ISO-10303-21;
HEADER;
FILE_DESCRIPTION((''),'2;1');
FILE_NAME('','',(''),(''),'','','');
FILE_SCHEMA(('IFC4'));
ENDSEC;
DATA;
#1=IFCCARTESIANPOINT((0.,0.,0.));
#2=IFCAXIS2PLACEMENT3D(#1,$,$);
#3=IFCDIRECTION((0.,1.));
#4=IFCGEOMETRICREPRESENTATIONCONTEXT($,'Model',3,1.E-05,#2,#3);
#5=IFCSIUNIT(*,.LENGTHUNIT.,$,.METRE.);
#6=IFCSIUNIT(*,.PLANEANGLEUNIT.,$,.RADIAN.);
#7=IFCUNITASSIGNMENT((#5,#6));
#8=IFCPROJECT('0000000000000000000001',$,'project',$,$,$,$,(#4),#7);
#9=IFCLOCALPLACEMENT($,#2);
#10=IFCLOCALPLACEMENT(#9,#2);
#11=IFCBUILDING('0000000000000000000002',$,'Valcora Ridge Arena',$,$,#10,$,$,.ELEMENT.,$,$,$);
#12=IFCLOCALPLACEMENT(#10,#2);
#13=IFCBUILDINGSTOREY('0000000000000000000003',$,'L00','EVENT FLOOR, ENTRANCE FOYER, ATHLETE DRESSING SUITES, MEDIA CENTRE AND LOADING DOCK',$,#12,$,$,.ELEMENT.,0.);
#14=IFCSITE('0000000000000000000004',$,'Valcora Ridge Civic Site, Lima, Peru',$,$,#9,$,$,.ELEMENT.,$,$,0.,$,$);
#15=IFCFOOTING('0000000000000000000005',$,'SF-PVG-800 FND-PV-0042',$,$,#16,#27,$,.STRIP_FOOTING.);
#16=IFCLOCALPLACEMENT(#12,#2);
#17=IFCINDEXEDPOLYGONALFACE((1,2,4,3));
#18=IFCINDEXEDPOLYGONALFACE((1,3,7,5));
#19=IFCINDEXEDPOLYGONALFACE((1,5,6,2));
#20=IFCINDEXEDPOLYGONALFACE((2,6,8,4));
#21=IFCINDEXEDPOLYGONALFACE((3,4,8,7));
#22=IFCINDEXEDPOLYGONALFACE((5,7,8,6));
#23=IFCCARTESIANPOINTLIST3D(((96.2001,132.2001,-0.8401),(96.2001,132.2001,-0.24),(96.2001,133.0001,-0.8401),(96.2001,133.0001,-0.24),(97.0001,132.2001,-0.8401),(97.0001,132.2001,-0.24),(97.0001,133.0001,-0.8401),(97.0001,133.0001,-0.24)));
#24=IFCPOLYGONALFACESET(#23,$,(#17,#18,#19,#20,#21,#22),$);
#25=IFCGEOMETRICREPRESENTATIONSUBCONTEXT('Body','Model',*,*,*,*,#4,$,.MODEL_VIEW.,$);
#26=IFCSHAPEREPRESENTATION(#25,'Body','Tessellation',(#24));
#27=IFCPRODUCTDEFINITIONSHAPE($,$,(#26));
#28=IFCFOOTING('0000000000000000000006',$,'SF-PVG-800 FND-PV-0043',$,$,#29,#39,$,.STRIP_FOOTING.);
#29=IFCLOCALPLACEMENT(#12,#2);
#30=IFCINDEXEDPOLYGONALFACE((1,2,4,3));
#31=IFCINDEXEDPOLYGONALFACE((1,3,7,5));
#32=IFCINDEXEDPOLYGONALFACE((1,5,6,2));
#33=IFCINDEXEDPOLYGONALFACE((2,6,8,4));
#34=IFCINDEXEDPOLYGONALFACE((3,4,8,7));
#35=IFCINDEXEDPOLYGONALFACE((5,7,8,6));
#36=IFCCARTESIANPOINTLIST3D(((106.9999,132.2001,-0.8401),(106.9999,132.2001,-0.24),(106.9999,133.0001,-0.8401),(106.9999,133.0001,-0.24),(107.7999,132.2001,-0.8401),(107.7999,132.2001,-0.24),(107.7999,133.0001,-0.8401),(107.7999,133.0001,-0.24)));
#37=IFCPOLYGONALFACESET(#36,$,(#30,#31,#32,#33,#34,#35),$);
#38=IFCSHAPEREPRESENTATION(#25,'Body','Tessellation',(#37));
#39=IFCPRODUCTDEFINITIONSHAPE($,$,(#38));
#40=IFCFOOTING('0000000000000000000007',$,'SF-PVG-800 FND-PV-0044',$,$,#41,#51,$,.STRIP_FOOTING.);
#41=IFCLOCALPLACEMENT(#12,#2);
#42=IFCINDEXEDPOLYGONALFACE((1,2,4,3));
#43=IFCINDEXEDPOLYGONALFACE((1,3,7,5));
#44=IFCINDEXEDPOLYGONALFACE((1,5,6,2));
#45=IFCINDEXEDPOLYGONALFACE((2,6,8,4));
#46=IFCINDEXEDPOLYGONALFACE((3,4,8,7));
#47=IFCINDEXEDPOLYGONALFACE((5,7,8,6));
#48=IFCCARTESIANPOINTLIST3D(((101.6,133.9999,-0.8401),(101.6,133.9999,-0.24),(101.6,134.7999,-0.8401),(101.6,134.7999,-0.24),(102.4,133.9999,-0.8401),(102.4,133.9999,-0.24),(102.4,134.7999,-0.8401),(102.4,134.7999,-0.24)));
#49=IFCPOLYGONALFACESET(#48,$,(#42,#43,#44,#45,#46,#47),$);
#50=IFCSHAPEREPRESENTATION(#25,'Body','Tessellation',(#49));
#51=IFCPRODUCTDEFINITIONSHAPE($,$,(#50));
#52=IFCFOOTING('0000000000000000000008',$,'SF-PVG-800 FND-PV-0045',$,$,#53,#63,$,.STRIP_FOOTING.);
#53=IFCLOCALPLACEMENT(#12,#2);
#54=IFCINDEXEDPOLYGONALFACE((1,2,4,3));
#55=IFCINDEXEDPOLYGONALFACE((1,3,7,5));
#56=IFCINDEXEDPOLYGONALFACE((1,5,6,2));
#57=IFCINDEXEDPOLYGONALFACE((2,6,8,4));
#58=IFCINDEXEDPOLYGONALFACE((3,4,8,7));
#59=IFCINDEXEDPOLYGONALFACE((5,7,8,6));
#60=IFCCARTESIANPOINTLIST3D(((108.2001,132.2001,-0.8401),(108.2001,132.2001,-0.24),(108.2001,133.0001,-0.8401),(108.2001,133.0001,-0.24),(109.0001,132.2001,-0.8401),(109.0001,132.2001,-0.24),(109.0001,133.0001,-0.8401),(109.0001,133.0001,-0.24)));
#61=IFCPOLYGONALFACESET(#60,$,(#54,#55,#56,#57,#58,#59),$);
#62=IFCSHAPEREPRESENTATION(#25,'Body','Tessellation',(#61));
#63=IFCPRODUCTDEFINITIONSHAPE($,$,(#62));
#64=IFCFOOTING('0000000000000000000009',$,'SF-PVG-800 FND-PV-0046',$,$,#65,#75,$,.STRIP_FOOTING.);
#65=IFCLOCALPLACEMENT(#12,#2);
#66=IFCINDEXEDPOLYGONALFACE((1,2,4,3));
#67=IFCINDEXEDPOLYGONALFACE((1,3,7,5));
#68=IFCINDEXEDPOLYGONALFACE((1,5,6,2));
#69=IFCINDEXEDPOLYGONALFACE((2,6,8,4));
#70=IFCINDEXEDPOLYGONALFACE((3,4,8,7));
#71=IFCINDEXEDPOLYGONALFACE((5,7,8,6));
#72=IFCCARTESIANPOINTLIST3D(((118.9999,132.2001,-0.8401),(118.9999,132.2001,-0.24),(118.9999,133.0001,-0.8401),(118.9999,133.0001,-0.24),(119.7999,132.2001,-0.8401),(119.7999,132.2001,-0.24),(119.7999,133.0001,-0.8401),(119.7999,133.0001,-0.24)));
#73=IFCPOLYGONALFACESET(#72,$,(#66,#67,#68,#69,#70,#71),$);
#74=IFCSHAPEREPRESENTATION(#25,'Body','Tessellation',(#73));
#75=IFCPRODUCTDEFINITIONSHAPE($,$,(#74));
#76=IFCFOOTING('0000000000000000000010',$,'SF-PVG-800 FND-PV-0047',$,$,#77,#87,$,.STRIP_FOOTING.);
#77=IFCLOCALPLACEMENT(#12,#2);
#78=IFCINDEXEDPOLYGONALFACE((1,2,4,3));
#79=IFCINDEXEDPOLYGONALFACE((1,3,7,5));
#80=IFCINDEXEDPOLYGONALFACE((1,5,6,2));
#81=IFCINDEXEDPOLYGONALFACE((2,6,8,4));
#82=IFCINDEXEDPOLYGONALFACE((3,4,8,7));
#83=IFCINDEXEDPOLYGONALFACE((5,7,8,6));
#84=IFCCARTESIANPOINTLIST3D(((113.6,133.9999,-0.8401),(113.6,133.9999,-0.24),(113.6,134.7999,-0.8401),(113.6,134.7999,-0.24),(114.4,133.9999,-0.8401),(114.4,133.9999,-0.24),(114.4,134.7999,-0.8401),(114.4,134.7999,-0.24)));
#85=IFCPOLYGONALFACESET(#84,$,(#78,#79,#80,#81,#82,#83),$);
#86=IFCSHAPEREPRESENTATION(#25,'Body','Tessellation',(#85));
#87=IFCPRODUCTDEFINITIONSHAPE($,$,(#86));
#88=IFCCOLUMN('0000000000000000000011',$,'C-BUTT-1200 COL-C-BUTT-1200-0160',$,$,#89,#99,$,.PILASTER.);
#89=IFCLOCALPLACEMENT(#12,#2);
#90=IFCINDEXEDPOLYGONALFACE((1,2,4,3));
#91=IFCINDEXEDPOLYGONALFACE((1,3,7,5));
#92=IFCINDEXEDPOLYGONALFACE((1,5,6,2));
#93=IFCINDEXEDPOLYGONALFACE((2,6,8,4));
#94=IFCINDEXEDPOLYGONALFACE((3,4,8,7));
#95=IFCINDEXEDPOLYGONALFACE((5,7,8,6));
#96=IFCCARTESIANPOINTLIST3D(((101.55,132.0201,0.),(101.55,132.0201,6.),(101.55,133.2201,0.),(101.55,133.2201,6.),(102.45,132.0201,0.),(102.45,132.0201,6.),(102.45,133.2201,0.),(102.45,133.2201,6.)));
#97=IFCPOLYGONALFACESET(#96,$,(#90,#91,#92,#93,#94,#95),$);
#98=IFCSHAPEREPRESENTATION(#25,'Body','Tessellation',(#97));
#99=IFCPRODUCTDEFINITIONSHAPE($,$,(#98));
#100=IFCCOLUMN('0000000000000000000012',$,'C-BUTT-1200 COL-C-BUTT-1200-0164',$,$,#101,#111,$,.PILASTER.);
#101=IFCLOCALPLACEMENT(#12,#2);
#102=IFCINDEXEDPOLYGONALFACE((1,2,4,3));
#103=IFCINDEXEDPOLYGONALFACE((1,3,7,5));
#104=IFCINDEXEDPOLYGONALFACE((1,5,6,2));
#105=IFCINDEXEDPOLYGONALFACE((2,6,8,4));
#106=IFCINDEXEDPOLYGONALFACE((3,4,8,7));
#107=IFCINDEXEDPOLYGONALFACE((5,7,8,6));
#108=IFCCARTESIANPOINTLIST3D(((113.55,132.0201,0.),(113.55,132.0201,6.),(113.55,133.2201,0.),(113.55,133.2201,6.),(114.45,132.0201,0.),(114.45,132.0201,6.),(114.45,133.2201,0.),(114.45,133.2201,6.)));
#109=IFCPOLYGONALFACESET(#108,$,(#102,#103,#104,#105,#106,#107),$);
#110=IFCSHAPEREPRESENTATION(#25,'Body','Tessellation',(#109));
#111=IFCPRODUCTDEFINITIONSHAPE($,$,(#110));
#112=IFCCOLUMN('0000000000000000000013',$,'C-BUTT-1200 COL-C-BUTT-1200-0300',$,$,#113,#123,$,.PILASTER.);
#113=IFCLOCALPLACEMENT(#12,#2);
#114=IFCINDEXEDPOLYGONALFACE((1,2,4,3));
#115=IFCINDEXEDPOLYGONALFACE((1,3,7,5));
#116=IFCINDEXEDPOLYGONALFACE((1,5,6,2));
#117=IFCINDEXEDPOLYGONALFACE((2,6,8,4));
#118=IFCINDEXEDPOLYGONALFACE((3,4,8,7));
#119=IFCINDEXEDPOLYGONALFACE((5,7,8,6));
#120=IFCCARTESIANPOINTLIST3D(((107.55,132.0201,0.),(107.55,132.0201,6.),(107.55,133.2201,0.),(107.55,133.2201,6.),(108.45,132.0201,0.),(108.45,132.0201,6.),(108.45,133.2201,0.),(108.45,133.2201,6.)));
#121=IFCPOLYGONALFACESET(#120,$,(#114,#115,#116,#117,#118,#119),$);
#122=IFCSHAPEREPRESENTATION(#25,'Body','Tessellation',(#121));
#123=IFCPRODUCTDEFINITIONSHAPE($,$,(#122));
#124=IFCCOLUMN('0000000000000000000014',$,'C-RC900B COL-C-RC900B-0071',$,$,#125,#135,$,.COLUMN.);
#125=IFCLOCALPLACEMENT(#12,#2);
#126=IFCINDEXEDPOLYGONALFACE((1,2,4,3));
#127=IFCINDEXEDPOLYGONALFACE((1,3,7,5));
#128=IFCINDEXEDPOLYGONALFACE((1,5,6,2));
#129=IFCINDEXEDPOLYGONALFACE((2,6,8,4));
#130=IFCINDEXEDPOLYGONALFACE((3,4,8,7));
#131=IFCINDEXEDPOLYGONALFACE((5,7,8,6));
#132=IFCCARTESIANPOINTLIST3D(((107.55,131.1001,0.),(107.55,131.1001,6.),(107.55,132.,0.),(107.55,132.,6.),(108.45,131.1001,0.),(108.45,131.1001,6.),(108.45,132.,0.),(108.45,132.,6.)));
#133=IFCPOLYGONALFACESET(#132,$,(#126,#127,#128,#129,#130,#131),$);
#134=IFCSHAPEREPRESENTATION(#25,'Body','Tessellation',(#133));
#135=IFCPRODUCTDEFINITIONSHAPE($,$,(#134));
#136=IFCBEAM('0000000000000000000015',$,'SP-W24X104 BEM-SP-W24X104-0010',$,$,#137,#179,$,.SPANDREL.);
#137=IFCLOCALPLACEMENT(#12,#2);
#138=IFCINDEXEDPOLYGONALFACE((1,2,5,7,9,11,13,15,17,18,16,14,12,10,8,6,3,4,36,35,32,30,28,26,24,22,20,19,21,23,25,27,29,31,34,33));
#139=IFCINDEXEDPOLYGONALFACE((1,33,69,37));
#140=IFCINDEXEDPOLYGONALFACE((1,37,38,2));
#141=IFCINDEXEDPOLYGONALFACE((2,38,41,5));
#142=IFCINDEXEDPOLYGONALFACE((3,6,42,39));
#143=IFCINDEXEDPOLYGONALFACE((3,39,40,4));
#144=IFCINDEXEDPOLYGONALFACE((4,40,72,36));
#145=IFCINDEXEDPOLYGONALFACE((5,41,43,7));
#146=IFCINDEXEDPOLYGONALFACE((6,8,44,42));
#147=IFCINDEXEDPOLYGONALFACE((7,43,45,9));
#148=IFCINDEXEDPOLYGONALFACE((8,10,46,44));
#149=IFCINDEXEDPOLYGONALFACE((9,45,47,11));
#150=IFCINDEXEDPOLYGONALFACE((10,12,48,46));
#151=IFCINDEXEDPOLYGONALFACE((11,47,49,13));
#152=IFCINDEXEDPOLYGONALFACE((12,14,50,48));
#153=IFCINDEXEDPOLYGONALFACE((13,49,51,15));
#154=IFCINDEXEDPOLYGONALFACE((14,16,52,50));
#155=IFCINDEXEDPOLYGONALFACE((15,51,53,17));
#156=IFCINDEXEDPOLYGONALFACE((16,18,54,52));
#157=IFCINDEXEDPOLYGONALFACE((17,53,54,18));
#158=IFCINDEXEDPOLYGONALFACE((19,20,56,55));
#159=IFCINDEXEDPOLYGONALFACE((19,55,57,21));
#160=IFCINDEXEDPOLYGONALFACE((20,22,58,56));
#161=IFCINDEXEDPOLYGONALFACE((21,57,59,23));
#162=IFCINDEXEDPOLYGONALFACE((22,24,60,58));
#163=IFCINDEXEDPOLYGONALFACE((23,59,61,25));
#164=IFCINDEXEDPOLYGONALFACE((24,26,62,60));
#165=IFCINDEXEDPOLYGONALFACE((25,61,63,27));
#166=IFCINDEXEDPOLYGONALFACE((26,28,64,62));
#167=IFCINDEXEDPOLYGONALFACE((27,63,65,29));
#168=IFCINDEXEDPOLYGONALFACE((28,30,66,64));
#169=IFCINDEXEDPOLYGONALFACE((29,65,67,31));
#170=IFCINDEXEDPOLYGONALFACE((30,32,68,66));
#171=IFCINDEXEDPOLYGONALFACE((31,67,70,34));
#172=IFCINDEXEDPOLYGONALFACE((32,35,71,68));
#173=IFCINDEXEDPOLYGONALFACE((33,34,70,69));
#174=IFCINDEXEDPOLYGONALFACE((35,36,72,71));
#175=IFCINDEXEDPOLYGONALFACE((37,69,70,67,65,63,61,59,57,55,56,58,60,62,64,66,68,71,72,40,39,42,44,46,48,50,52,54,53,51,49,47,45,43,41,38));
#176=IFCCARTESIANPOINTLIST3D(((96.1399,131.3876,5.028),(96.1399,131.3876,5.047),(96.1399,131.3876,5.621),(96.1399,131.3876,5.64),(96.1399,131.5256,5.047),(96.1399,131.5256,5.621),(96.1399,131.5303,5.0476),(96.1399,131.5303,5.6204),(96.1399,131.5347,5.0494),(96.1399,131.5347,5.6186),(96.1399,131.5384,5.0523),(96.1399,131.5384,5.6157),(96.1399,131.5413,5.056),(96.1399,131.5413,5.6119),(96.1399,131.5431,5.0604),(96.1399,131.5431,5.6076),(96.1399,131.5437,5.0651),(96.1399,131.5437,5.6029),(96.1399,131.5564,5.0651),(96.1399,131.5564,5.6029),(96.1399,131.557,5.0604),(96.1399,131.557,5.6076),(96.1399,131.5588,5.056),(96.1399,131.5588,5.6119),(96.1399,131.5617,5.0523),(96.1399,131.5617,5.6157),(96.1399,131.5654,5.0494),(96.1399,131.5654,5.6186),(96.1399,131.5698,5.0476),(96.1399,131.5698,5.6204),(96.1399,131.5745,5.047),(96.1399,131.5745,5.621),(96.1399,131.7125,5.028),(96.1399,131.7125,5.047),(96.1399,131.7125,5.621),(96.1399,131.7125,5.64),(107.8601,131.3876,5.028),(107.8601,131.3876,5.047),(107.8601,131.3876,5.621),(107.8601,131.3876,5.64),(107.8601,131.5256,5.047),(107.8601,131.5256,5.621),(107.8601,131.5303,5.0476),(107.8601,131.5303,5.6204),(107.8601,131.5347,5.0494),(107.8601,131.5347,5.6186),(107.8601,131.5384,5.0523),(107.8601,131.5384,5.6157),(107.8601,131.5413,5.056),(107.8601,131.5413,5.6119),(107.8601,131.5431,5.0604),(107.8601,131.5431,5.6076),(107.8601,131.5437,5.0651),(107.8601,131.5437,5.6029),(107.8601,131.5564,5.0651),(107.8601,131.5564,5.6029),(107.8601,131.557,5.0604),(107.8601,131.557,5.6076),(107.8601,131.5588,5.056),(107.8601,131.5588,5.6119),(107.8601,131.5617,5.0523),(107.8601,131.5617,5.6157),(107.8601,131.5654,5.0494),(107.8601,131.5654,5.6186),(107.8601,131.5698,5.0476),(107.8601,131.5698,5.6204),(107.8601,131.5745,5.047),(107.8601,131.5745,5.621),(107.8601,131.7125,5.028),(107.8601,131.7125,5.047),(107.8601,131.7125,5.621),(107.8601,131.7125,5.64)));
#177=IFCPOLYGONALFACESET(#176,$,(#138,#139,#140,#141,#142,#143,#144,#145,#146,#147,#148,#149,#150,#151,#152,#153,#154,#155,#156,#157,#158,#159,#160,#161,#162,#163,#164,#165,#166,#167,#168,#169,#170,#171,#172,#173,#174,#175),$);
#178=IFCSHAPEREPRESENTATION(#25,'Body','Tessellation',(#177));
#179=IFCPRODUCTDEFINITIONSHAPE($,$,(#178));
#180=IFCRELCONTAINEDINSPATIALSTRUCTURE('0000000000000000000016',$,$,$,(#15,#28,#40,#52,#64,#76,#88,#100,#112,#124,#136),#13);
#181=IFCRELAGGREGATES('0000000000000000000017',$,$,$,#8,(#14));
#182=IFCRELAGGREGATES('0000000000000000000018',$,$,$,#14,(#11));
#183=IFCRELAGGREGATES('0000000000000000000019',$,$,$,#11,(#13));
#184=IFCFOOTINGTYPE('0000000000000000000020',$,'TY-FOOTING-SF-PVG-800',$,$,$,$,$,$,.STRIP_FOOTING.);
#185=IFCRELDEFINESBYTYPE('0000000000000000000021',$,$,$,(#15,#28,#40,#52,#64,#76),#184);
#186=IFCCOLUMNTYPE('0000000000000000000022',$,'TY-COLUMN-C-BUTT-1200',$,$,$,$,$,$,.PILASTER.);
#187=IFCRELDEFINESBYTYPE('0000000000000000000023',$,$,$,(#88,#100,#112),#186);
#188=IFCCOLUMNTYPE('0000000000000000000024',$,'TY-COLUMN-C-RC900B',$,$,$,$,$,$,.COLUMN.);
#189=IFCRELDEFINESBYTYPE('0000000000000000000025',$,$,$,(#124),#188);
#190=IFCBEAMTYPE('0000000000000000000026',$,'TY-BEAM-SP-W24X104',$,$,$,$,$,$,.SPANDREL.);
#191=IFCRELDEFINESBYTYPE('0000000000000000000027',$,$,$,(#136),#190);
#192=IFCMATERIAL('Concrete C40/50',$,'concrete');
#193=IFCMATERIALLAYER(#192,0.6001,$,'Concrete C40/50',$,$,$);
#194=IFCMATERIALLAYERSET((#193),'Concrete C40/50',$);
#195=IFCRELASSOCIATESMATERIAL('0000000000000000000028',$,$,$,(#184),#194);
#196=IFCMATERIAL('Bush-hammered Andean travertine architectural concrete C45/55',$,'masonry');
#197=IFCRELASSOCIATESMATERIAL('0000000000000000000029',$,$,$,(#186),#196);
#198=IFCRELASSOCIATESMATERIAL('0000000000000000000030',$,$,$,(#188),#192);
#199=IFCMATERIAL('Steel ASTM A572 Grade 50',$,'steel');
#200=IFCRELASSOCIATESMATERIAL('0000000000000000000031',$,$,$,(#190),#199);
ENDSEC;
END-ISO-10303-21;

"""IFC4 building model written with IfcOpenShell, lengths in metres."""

from ifc_helpers import new_model, si_unit, direction, frame, origin, origin_2d, place, context, subcontext, project, spatial, rectangle, i_section, extrude, material, layer, layer_set, material_profile, profile_set, type_object, element, save


model = new_model("IFC4")

# Units and contexts
model_context = context("Model", 3, precision=1e-05, world=origin(), true_north=direction((0.0, 1.0)))
body_context = subcontext(model_context, "Body", "Model", "MODEL_VIEW")
ifc_project = project(units=[si_unit("LENGTHUNIT", "METRE"), si_unit("PLANEANGLEUNIT", "RADIAN")], contexts=[model_context])

# Site, building, storey
site_placement = place(None, origin())
site = spatial("IfcSite", under=ifc_project, at=site_placement, Name="Valcora Ridge Civic Site, Lima, Peru", CompositionType="ELEMENT", RefElevation=0.0)
building_placement = place(site_placement, origin())
building = spatial("IfcBuilding", under=site, at=building_placement, Name="Valcora Ridge Arena", CompositionType="ELEMENT")
storey_placement = place(building_placement, origin())
storey = spatial("IfcBuildingStorey", under=building, at=storey_placement, Name="L00", Description="EVENT FLOOR, ENTRANCE FOYER, ATHLETE DRESSING SUITES, MEDIA CENTRE AND LOADING DOCK", CompositionType="ELEMENT", Elevation=0.0)

# Footings
ifc_material_1 = material(Name="Concrete C40/50", Category="concrete")
ifc_layer_1 = layer(ifc_material_1, 0.6001, Name="Concrete C40/50")
ifc_layer_set_1 = layer_set([ifc_layer_1], Name="Concrete C40/50")
footing_type = type_object("IfcFootingType", Name="TY-FOOTING-SF-PVG-800", PredefinedType="STRIP_FOOTING", material=ifc_layer_set_1)
for number, where, z_axis, x_axis, name in (
    (1, (96.6001, 132.6001, -0.8401), (0.0, 0.0, 1.0), (1.0, 0.0, 0.0), "SF-PVG-800 FND-PV-0042"),
    (2, (107.3999, 132.6001, -0.8401), (0.0, 0.0, 1.0), (1.0, 0.0, 0.0), "SF-PVG-800 FND-PV-0043"),
    (3, (102.0, 134.3999, -0.8401), (0.0, 0.0, 1.0), (1.0, 0.0, 0.0), "SF-PVG-800 FND-PV-0044"),
    (4, (108.6001, 132.6001, -0.8401), (0.0, 0.0, 1.0), (1.0, 0.0, 0.0), "SF-PVG-800 FND-PV-0045"),
    (5, (119.3999, 132.6001, -0.8401), (0.0, 0.0, 1.0), (1.0, 0.0, 0.0), "SF-PVG-800 FND-PV-0046"),
    (6, (114.0, 134.3999, -0.8401), (0.0, 0.0, 1.0), (1.0, 0.0, 0.0), "SF-PVG-800 FND-PV-0047"),
):
    element("IfcFooting", number, at=place(storey_placement, frame(where, z_axis=z_axis, x_axis=x_axis)), inside=storey, type_object=footing_type, Name=name, PredefinedType="STRIP_FOOTING", context=body_context, shape_type="SweptSolid", body=[
        extrude(rectangle(XDim=0.8, YDim=0.8, at=origin_2d()), origin(), (0.0, 0.0, 1.0), 0.6001),
    ])

# Columns
ifc_material_2 = material(Name="Bush-hammered Andean travertine architectural concrete C45/55", Category="masonry")
ifc_material_profile_1 = material_profile(ifc_material_2, rectangle(XDim=0.8999, YDim=1.2, at=origin_2d()), Name="RC 900x1200")
ifc_profile_set_1 = profile_set([ifc_material_profile_1], Name="Bush-hammered Andean travertine architectural concrete C45/55")
column_type_1 = type_object("IfcColumnType", Name="TY-COLUMN-C-BUTT-1200", PredefinedType="PILASTER", material=ifc_profile_set_1)
for number, where, z_axis, x_axis, name in (
    (7, (102.0, 132.6201, 0.0), (0.0, 0.0, 1.0), (1.0, 0.0, 0.0), "C-BUTT-1200 COL-C-BUTT-1200-0160"),
    (8, (114.0, 132.6201, 0.0), (0.0, 0.0, 1.0), (1.0, 0.0, 0.0), "C-BUTT-1200 COL-C-BUTT-1200-0164"),
    (9, (108.0, 132.6201, 0.0), (0.0, 0.0, 1.0), (1.0, 0.0, 0.0), "C-BUTT-1200 COL-C-BUTT-1200-0300"),
):
    element("IfcColumn", number, at=place(storey_placement, frame(where, z_axis=z_axis, x_axis=x_axis)), inside=storey, type_object=column_type_1, Name=name, PredefinedType="PILASTER", context=body_context, shape_type="SweptSolid", body=[
        extrude(rectangle(XDim=0.8999, YDim=1.2, at=origin_2d()), origin(), (0.0, 0.0, 1.0), 6.0),
    ])
ifc_material_profile_2 = material_profile(ifc_material_1, rectangle(XDim=0.8999, YDim=0.8999, at=origin_2d()), Name="RC 900x900")
ifc_profile_set_2 = profile_set([ifc_material_profile_2], Name="Concrete C40/50")
column_type_2 = type_object("IfcColumnType", Name="TY-COLUMN-C-RC900B", PredefinedType="COLUMN", material=ifc_profile_set_2)
column_placement = place(storey_placement, frame((108.0, 131.55, 0.0), z_axis=(0.0, 0.0, 1.0), x_axis=(1.0, 0.0, 0.0)))
element("IfcColumn", 10, at=column_placement, inside=storey, type_object=column_type_2, Name="C-RC900B COL-C-RC900B-0071", PredefinedType="COLUMN", context=body_context, shape_type="SweptSolid", body=[
    extrude(rectangle(XDim=0.8999, YDim=0.8999, at=origin_2d()), origin(), (0.0, 0.0, 1.0), 6.0),
])

# Beam
ifc_material_3 = material(Name="Steel ASTM A572 Grade 50", Category="steel")
ifc_material_profile_3 = material_profile(ifc_material_3, i_section(OverallWidth=0.325, OverallDepth=0.6121, WebThickness=0.0127, FlangeThickness=0.019, FilletRadius=0.0181, at=origin_2d()), Name="W24X104")
ifc_profile_set_3 = profile_set([ifc_material_profile_3], Name="Steel ASTM A572 Grade 50")
beam_type = type_object("IfcBeamType", Name="TY-BEAM-SP-W24X104", PredefinedType="SPANDREL", material=ifc_profile_set_3)
for number, where, z_axis, x_axis, name in (
    (11, (96.1399, 131.55, 5.334), (1.0, 0.0, 0.0), (0.0, 1.0, 0.0), "SP-W24X104 BEM-SP-W24X104-0010"),
):
    element("IfcBeam", number, at=place(storey_placement, frame(where, z_axis=z_axis, x_axis=x_axis)), inside=storey, type_object=beam_type, Name=name, PredefinedType="SPANDREL", context=body_context, shape_type="SweptSolid", body=[
        extrude(i_section(OverallWidth=0.325, OverallDepth=0.6121, WebThickness=0.0127, FlangeThickness=0.019, FilletRadius=0.0181, at=origin_2d()), origin(), (0.0, 0.0, 1.0), 11.7202),
    ])

save(model, "model.ifc")
